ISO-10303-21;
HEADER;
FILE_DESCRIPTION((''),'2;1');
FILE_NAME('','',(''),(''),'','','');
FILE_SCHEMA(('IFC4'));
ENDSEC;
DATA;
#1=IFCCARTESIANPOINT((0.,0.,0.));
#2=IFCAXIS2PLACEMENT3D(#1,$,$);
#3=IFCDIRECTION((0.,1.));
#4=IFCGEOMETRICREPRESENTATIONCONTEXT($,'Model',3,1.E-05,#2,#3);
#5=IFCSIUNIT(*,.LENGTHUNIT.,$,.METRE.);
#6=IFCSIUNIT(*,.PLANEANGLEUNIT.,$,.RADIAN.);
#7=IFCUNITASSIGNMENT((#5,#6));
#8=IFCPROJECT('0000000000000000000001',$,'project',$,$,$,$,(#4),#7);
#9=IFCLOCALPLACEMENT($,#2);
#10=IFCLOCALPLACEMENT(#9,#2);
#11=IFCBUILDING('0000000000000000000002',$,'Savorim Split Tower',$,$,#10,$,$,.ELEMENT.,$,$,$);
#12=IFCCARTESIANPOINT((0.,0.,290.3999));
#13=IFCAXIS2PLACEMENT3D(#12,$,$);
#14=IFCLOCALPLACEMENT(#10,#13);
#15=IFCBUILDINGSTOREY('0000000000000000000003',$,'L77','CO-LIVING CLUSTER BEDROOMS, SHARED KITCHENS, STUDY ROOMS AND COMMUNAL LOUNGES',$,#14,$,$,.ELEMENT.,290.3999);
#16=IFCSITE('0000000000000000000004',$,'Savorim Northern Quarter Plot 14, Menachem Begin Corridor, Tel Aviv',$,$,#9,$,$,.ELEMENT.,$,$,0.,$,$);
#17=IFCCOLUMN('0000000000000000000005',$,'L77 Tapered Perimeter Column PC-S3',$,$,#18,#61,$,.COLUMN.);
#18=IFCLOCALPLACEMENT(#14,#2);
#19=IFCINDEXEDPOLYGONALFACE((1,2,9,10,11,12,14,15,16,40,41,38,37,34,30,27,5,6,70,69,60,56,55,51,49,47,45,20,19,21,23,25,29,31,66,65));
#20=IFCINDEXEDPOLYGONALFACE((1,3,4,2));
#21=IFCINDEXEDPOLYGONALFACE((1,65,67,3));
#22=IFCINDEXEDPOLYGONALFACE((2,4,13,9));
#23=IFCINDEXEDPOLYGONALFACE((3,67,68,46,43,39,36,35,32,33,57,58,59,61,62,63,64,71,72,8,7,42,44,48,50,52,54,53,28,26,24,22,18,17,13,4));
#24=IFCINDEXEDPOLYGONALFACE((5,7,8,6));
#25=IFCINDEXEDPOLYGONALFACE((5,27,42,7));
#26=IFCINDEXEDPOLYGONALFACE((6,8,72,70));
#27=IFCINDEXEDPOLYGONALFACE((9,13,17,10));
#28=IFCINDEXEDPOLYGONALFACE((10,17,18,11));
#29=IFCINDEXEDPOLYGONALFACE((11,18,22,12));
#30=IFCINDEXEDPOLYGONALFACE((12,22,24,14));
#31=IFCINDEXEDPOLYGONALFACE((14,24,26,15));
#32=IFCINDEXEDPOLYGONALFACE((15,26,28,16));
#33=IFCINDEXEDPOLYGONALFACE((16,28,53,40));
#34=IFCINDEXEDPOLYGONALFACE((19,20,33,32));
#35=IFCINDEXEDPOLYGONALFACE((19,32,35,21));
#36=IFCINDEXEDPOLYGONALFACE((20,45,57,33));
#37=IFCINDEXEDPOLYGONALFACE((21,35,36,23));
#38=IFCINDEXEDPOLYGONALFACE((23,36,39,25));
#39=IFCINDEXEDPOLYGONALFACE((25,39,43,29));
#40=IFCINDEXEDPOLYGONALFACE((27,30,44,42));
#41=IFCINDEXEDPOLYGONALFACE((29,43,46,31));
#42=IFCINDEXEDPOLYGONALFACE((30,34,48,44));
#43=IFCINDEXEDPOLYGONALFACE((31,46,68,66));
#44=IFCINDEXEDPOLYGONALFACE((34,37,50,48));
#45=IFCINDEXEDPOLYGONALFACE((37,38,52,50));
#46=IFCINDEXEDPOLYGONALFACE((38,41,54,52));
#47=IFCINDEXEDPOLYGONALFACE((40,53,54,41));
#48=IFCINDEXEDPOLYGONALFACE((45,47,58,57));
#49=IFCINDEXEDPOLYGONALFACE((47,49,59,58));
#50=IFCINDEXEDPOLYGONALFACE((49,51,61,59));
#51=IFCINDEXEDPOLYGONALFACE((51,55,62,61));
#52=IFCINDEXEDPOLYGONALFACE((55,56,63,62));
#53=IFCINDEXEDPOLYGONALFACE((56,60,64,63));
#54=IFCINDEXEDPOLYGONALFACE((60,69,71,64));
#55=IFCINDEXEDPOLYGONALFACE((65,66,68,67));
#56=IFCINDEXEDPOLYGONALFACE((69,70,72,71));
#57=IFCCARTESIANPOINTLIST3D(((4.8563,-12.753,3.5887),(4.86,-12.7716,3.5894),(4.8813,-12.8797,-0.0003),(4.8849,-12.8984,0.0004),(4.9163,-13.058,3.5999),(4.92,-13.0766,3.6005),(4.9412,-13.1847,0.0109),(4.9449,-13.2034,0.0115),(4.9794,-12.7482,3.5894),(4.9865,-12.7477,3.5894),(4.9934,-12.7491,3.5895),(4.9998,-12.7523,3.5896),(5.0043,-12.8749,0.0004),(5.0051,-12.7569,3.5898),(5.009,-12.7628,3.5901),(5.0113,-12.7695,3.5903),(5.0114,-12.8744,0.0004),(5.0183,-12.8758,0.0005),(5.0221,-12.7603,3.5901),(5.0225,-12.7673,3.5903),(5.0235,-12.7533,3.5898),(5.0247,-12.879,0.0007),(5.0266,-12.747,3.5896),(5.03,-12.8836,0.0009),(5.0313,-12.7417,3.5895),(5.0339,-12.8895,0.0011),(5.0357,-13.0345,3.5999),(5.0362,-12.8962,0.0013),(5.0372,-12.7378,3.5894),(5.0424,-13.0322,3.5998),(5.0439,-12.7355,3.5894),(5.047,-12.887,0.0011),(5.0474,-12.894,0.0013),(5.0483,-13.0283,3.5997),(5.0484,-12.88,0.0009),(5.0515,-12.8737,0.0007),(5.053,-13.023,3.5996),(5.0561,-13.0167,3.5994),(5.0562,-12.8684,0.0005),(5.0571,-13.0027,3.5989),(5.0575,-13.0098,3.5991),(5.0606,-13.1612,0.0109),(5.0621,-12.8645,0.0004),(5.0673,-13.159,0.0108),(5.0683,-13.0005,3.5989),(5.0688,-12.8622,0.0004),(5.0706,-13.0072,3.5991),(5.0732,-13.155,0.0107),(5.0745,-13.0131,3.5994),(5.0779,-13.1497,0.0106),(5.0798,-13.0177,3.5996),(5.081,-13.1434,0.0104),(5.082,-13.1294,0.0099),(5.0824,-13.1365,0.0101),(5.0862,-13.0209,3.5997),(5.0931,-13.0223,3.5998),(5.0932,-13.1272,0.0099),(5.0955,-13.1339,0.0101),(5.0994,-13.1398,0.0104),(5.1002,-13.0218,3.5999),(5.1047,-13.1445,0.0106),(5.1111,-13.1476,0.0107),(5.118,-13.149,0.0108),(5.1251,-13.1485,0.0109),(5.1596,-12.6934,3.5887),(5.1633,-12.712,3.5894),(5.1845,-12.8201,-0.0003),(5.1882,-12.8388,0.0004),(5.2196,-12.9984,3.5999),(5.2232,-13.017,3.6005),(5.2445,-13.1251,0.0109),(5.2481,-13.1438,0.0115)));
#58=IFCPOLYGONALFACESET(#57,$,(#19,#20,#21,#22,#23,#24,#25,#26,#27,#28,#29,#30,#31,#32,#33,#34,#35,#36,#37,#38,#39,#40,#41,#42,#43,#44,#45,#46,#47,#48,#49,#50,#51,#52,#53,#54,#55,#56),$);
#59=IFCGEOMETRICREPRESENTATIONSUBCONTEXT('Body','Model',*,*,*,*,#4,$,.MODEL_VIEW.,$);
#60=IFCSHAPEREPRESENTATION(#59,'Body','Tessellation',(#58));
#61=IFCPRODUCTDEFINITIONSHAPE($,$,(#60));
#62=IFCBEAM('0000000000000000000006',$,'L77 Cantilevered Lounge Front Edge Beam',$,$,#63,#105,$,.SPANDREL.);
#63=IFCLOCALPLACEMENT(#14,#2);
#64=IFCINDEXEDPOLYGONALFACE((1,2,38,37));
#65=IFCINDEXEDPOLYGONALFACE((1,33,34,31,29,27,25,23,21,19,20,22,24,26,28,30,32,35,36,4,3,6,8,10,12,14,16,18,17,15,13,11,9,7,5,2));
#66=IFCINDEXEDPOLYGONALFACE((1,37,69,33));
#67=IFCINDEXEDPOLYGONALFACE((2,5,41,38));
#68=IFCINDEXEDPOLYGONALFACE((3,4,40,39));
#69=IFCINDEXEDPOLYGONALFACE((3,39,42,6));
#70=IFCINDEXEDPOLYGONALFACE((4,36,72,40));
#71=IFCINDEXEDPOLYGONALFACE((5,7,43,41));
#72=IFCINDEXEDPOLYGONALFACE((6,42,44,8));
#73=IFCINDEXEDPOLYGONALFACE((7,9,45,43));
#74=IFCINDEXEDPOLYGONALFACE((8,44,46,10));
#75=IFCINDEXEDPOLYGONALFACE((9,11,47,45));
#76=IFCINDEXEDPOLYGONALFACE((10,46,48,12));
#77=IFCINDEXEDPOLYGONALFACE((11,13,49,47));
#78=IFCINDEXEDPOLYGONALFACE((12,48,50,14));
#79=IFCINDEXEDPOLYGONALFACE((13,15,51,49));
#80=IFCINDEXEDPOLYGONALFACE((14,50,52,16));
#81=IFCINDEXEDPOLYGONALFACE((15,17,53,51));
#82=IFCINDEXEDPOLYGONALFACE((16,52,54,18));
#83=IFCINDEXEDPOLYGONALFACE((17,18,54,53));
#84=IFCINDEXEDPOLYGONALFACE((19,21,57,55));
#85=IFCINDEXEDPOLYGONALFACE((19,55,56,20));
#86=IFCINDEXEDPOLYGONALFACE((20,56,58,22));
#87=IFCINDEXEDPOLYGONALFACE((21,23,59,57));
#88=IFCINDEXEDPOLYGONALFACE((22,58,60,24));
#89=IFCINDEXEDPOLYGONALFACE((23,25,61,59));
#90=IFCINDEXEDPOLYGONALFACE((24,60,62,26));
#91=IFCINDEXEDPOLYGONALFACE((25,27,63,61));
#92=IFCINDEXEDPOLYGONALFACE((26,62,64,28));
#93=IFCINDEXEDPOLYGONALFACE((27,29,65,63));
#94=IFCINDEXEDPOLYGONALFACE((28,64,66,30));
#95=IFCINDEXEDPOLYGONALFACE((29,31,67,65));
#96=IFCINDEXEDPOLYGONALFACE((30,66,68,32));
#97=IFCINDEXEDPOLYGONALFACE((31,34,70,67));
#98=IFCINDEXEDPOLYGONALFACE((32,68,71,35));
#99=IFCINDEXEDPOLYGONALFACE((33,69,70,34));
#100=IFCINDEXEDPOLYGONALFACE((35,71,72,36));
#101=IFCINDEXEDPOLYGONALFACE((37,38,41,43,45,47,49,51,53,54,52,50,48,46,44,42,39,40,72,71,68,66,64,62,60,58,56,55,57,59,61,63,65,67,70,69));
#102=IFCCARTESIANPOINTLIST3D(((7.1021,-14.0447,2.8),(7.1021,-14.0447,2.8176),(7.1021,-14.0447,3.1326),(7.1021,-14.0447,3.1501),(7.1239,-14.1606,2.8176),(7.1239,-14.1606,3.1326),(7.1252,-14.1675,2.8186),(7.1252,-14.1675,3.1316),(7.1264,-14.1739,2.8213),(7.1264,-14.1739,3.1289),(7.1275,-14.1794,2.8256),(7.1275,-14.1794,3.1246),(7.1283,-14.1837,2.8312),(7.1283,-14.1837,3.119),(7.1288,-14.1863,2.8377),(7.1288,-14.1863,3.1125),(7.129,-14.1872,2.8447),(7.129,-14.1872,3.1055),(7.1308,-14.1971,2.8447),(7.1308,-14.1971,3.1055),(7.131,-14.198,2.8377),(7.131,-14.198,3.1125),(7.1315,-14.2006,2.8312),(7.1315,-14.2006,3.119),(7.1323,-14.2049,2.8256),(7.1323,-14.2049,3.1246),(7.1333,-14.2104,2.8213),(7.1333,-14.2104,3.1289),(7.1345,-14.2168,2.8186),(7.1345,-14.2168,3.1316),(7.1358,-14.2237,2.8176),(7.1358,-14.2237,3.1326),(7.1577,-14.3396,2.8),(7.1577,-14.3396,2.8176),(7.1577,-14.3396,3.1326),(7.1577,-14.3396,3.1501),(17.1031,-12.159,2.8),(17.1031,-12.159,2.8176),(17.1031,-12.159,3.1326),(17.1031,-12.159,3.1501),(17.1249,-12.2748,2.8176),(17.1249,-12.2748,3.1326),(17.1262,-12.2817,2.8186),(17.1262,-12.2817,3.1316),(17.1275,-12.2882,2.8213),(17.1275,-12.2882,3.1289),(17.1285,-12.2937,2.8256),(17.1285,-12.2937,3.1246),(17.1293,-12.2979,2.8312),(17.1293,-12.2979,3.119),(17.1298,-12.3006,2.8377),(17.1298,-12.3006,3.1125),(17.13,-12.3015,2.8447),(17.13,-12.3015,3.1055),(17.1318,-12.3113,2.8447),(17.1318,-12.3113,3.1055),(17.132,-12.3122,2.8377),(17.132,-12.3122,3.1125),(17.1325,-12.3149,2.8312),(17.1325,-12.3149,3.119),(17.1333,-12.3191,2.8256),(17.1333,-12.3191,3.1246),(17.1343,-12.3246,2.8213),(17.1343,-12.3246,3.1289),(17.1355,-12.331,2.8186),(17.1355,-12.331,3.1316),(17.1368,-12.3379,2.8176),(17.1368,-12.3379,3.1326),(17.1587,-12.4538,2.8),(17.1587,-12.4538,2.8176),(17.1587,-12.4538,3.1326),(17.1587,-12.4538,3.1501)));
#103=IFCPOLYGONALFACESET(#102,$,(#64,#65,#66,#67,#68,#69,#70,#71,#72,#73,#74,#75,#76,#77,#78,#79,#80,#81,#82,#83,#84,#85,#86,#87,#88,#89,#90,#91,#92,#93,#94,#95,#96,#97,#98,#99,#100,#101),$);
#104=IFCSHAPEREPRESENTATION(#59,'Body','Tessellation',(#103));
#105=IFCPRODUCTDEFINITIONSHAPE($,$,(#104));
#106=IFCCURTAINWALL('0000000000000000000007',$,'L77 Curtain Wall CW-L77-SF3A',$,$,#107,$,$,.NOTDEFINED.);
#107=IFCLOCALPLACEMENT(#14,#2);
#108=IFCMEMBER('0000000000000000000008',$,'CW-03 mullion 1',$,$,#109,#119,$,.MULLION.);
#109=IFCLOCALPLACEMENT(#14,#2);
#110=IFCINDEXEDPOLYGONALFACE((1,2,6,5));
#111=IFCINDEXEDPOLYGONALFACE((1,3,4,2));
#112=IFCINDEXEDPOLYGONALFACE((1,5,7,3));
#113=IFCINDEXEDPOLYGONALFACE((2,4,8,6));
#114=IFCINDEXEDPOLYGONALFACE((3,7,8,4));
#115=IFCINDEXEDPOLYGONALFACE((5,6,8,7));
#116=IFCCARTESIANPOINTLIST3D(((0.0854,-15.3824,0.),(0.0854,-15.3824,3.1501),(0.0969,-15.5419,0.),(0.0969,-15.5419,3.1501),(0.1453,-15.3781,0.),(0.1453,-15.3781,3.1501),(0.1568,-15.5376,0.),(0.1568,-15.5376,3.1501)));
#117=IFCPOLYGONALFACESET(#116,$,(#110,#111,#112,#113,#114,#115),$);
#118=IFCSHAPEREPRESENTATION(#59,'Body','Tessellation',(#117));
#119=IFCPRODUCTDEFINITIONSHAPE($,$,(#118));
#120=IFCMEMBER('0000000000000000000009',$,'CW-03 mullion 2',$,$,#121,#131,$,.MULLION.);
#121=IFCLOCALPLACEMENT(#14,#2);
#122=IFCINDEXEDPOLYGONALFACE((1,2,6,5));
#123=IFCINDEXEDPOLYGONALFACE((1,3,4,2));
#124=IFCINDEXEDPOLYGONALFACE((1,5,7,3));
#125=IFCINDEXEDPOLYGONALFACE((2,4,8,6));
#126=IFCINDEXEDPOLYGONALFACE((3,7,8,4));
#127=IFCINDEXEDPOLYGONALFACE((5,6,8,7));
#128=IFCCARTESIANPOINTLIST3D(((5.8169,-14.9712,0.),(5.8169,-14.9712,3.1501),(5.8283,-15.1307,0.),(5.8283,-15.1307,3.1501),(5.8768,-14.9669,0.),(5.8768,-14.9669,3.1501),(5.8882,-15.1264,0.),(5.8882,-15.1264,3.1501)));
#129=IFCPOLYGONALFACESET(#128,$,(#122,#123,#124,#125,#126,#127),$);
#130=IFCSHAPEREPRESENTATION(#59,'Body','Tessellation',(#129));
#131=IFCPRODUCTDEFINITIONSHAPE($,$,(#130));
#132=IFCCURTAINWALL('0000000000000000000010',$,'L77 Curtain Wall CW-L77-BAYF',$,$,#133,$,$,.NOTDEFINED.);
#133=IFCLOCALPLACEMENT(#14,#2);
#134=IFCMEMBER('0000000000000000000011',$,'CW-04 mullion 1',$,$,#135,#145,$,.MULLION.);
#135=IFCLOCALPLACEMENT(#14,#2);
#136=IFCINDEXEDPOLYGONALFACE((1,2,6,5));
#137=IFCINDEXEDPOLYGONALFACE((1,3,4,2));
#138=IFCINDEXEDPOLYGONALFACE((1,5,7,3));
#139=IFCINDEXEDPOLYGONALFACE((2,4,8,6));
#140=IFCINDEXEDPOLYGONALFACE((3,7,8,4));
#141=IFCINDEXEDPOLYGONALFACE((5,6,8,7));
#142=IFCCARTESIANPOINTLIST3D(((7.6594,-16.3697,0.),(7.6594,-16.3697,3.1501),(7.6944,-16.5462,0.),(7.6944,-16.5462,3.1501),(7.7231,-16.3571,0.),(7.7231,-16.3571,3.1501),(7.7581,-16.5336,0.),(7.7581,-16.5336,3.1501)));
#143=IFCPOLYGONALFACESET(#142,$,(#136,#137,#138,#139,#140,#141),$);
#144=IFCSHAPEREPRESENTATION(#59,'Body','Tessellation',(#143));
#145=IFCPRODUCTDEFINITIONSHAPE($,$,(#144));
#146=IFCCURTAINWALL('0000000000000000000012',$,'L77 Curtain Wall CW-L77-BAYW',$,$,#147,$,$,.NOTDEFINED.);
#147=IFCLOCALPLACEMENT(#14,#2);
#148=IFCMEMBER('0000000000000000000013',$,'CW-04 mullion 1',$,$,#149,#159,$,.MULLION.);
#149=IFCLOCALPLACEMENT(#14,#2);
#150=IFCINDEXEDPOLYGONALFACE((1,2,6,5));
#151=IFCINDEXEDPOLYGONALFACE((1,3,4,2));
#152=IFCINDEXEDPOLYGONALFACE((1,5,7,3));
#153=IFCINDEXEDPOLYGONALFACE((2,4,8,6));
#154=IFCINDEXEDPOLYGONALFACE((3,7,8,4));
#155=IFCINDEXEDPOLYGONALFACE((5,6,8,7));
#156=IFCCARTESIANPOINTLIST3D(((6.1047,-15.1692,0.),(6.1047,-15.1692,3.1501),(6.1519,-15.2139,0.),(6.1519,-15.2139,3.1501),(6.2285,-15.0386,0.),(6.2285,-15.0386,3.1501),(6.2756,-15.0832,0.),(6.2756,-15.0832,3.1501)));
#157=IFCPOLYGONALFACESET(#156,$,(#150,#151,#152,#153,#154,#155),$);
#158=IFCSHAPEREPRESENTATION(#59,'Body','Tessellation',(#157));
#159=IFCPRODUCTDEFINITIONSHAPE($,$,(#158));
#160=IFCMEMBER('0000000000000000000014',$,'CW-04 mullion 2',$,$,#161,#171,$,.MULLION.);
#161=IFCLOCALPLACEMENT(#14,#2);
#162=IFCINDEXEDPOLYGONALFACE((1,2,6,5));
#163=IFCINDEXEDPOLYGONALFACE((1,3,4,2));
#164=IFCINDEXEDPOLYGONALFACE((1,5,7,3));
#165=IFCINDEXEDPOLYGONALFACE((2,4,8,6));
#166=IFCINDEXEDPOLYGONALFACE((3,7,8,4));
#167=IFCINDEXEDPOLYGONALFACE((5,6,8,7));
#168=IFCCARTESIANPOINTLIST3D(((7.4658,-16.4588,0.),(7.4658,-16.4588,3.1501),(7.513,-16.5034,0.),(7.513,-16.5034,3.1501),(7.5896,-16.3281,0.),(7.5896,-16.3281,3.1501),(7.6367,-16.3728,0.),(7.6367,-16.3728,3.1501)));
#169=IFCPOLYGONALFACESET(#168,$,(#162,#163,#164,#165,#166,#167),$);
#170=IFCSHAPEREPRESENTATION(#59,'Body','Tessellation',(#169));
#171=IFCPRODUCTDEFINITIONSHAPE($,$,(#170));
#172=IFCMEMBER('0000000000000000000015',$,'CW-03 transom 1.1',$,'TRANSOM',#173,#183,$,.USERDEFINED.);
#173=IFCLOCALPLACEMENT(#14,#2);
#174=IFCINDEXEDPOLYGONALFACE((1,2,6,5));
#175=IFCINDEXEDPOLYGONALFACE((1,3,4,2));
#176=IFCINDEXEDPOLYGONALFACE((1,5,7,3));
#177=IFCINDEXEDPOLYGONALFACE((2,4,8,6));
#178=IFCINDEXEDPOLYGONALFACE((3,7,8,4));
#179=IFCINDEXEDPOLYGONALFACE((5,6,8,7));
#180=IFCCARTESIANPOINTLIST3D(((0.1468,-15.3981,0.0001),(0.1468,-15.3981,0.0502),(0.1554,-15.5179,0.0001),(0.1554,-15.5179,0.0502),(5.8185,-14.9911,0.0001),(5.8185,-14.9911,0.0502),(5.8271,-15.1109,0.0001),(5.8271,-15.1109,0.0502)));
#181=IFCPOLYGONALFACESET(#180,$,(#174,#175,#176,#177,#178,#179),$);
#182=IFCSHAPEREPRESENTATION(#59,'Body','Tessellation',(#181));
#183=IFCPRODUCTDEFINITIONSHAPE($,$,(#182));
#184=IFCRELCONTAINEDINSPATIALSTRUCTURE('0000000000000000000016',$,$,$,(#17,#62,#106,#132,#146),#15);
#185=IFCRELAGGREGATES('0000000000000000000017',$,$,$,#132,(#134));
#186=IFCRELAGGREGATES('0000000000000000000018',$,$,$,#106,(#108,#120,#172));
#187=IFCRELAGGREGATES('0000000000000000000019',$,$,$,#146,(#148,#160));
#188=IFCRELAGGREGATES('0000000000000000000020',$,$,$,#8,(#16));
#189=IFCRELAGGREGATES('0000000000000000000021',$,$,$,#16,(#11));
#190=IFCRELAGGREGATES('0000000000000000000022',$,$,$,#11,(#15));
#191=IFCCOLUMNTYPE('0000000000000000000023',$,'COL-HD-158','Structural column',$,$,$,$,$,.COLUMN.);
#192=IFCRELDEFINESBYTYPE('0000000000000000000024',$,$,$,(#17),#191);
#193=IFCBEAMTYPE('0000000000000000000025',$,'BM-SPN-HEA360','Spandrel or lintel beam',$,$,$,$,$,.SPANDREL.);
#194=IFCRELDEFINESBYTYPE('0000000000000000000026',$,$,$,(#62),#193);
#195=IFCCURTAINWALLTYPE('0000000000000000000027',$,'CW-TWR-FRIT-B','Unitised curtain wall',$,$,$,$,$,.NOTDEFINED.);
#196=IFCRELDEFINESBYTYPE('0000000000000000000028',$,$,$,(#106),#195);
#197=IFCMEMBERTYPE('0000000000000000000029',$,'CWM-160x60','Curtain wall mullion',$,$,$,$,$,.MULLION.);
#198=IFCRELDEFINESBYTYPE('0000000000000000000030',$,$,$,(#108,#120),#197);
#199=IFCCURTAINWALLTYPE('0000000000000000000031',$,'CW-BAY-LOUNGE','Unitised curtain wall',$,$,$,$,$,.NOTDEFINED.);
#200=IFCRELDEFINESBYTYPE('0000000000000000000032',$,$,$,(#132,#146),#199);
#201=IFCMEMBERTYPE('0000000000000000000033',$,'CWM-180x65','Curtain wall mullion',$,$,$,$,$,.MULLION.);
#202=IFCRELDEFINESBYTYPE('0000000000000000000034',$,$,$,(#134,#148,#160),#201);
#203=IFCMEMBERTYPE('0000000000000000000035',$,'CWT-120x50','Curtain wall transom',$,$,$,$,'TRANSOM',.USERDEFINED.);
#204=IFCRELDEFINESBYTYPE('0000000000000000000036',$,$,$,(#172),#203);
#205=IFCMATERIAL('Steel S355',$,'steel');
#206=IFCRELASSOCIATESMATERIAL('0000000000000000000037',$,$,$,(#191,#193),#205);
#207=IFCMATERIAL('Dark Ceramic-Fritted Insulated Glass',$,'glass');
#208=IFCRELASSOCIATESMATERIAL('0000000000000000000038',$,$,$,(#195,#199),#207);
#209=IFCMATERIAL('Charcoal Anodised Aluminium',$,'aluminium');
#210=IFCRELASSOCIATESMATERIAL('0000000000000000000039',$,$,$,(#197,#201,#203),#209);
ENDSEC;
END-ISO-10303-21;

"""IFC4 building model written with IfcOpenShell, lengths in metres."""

from ifc_helpers import new_model, si_unit, direction, frame, origin, origin_2d, place, context, subcontext, project, spatial, rectangle, i_section, extrude, material, material_profile, profile_set, type_object, element, aggregate, save


model = new_model("IFC4")

# Units and contexts
model_context = context("Model", 3, precision=1e-05, world=origin(), true_north=direction((0.0, 1.0)))
body_context = subcontext(model_context, "Body", "Model", "MODEL_VIEW")
ifc_project = project(units=[si_unit("LENGTHUNIT", "METRE"), si_unit("PLANEANGLEUNIT", "RADIAN")], contexts=[model_context])

# Site, building, storey
site_placement = place(None, origin())
site = spatial("IfcSite", under=ifc_project, at=site_placement, Name="Savorim Northern Quarter Plot 14, Menachem Begin Corridor, Tel Aviv", CompositionType="ELEMENT", RefElevation=0.0)
building_placement = place(site_placement, origin())
building = spatial("IfcBuilding", under=site, at=building_placement, Name="Savorim Split Tower", CompositionType="ELEMENT")
storey_placement = place(building_placement, frame((0.0, 0.0, 290.3999)))
storey = spatial("IfcBuildingStorey", under=building, at=storey_placement, Name="L77", Description="CO-LIVING CLUSTER BEDROOMS, SHARED KITCHENS, STUDY ROOMS AND COMMUNAL LOUNGES", CompositionType="ELEMENT", Elevation=290.3999)

# Column
ifc_material_1 = material(Name="Steel S355", Category="steel")
ifc_material_profile_1 = material_profile(ifc_material_1, i_section(OverallWidth=0.3091, OverallDepth=0.3301, WebThickness=0.0115, FlangeThickness=0.019, FilletRadius=0.0271, at=origin_2d()), Name="HD 320x158")
ifc_profile_set_1 = profile_set([ifc_material_profile_1], Name="Steel S355")
column_type = type_object("IfcColumnType", Name="COL-HD-158", Description="Structural column", PredefinedType="COLUMN", material=ifc_profile_set_1)
column_placement = place(storey_placement, frame((5.0647, -13.0117, 0.0056), z_axis=(-0.006934, 0.035283, 0.999353), x_axis=(-0.98123, -0.192843, 0.0)))
element("IfcColumn", 1, at=column_placement, inside=storey, type_object=column_type, Name="L77 Tapered Perimeter Column PC-S3", PredefinedType="COLUMN", context=body_context, shape_type="SweptSolid", body=[
    extrude(i_section(OverallWidth=0.3091, OverallDepth=0.3301, WebThickness=0.0115, FlangeThickness=0.019, FilletRadius=0.0271, at=origin_2d()), origin(), (0.0, 0.0, 1.0), 3.5913),
])

# Beam
ifc_material_profile_2 = material_profile(ifc_material_1, i_section(OverallWidth=0.3, OverallDepth=0.3501, WebThickness=0.01, FlangeThickness=0.0176, FilletRadius=0.0271, at=origin_2d()), Name="HEA 360")
ifc_profile_set_2 = profile_set([ifc_material_profile_2], Name="Steel S355")
beam_type = type_object("IfcBeamType", Name="BM-SPN-HEA360", Description="Spandrel or lintel beam", PredefinedType="SPANDREL", material=ifc_profile_set_2)
beam_placement = place(storey_placement, frame((7.1299, -14.1921, 2.9751), z_axis=(0.982684, 0.185291, 0.0), x_axis=(-0.185291, 0.982684, 0.0)))
element("IfcBeam", 2, at=beam_placement, inside=storey, type_object=beam_type, Name="L77 Cantilevered Lounge Front Edge Beam", PredefinedType="SPANDREL", context=body_context, shape_type="SweptSolid", body=[
    extrude(i_section(OverallWidth=0.3, OverallDepth=0.3501, WebThickness=0.01, FlangeThickness=0.0176, FilletRadius=0.0271, at=origin_2d()), origin(), (0.0, 0.0, 1.0), 10.1772),
])

# Curtain wall, members
ifc_material_2 = material(Name="Dark Ceramic-Fritted Insulated Glass", Category="glass")
curtain_wall_type_1 = type_object("IfcCurtainWallType", Name="CW-TWR-FRIT-B", Description="Unitised curtain wall", PredefinedType="NOTDEFINED", material=ifc_material_2)
curtain_wall_1_placement = place(storey_placement, origin())
curtain_wall_1 = element("IfcCurtainWall", 3, at=curtain_wall_1_placement, inside=storey, type_object=curtain_wall_type_1, Name="L77 Curtain Wall CW-L77-SF3A", PredefinedType="NOTDEFINED")
ifc_material_3 = material(Name="Charcoal Anodised Aluminium", Category="aluminium")
ifc_material_profile_3 = material_profile(ifc_material_3, rectangle(XDim=0.1599, YDim=0.0601, at=origin_2d()), Name="ALU-M 160x60")
ifc_profile_set_3 = profile_set([ifc_material_profile_3], Name="Charcoal Anodised Aluminium")
member_type_1 = type_object("IfcMemberType", Name="CWM-160x60", Description="Curtain wall mullion", PredefinedType="MULLION", material=ifc_profile_set_3)
member_1_placement = place(storey_placement, frame((0.1211, -15.46, 0.0), z_axis=(0.0, 0.0, 1.0), x_axis=(-0.071562, 0.997436, 0.0)))
member_1 = element("IfcMember", 4, at=member_1_placement, type_object=member_type_1, Name="CW-03 mullion 1", PredefinedType="MULLION", context=body_context, shape_type="SweptSolid", body=[
    extrude(rectangle(XDim=0.1599, YDim=0.0601, at=origin_2d()), origin(), (0.0, 0.0, 1.0), 3.1501),
])
member_2_placement = place(storey_placement, frame((5.8525, -15.0488, 0.0), z_axis=(0.0, 0.0, 1.0), x_axis=(-0.071562, 0.997436, 0.0)))
member_2 = element("IfcMember", 5, at=member_2_placement, type_object=member_type_1, Name="CW-03 mullion 2", PredefinedType="MULLION", context=body_context, shape_type="SweptSolid", body=[
    extrude(rectangle(XDim=0.1599, YDim=0.0601, at=origin_2d()), origin(), (0.0, 0.0, 1.0), 3.1501),
])

# Curtain wall, member
curtain_wall_type_2 = type_object("IfcCurtainWallType", Name="CW-BAY-LOUNGE", Description="Unitised curtain wall", PredefinedType="NOTDEFINED", material=ifc_material_2)
curtain_wall_2_placement = place(storey_placement, origin())
curtain_wall_2 = element("IfcCurtainWall", 6, at=curtain_wall_2_placement, inside=storey, type_object=curtain_wall_type_2, Name="L77 Curtain Wall CW-L77-BAYF", PredefinedType="NOTDEFINED")
ifc_material_profile_4 = material_profile(ifc_material_3, rectangle(XDim=0.1799, YDim=0.0649, at=origin_2d()), Name="ALU-M 180x65")
ifc_profile_set_4 = profile_set([ifc_material_profile_4], Name="Charcoal Anodised Aluminium")
member_type_2 = type_object("IfcMemberType", Name="CWM-180x65", Description="Curtain wall mullion", PredefinedType="MULLION", material=ifc_profile_set_4)
member_3_placement = place(storey_placement, frame((7.7087, -16.4517, 0.0), z_axis=(0.0, 0.0, 1.0), x_axis=(-0.194484, 0.980906, 0.0)))
member_3 = element("IfcMember", 7, at=member_3_placement, type_object=member_type_2, Name="CW-04 mullion 1", PredefinedType="MULLION", context=body_context, shape_type="SweptSolid", body=[
    extrude(rectangle(XDim=0.1799, YDim=0.0649, at=origin_2d()), origin(), (0.0, 0.0, 1.0), 3.1501),
])

# Curtain wall, members
curtain_wall_3_placement = place(storey_placement, origin())
curtain_wall_3 = element("IfcCurtainWall", 8, at=curtain_wall_3_placement, inside=storey, type_object=curtain_wall_type_2, Name="L77 Curtain Wall CW-L77-BAYW", PredefinedType="NOTDEFINED")
member_4_placement = place(storey_placement, frame((6.1902, -15.1262, 0.0), z_axis=(0.0, 0.0, 1.0), x_axis=(0.68775, 0.725947, 0.0)))
member_4 = element("IfcMember", 9, at=member_4_placement, type_object=member_type_2, Name="CW-04 mullion 1", PredefinedType="MULLION", context=body_context, shape_type="SweptSolid", body=[
    extrude(rectangle(XDim=0.1799, YDim=0.0649, at=origin_2d()), origin(), (0.0, 0.0, 1.0), 3.1501),
])
member_5_placement = place(storey_placement, frame((7.5513, -16.4158, 0.0), z_axis=(0.0, 0.0, 1.0), x_axis=(0.68775, 0.725947, 0.0)))
member_5 = element("IfcMember", 10, at=member_5_placement, type_object=member_type_2, Name="CW-04 mullion 2", PredefinedType="MULLION", context=body_context, shape_type="SweptSolid", body=[
    extrude(rectangle(XDim=0.1799, YDim=0.0649, at=origin_2d()), origin(), (0.0, 0.0, 1.0), 3.1501),
])

# Member
ifc_material_profile_5 = material_profile(ifc_material_3, rectangle(XDim=0.1201, YDim=0.05, at=origin_2d()), Name="ALU-T 120x50")
ifc_profile_set_5 = profile_set([ifc_material_profile_5], Name="Charcoal Anodised Aluminium")
member_type_3 = type_object("IfcMemberType", Name="CWT-120x50", Description="Curtain wall transom", ElementType="TRANSOM", PredefinedType="USERDEFINED", material=ifc_profile_set_5)
member_6_placement = place(storey_placement, frame((0.1511, -15.458, 0.0251), z_axis=(0.997435, 0.071574, 0.0), x_axis=(-0.071574, 0.997435, 0.0)))
member_6 = element("IfcMember", 11, at=member_6_placement, type_object=member_type_3, Name="CW-03 transom 1.1", ObjectType="TRANSOM", PredefinedType="USERDEFINED", context=body_context, shape_type="SweptSolid", body=[
    extrude(rectangle(XDim=0.1201, YDim=0.05, at=origin_2d()), origin(), (0.0, 0.0, 1.0), 5.6863),
])
aggregate(curtain_wall_2, [member_3])

aggregate(curtain_wall_1, [member_1, member_2, member_6])
aggregate(curtain_wall_3, [member_4, member_5])

save(model, "model.ifc")
